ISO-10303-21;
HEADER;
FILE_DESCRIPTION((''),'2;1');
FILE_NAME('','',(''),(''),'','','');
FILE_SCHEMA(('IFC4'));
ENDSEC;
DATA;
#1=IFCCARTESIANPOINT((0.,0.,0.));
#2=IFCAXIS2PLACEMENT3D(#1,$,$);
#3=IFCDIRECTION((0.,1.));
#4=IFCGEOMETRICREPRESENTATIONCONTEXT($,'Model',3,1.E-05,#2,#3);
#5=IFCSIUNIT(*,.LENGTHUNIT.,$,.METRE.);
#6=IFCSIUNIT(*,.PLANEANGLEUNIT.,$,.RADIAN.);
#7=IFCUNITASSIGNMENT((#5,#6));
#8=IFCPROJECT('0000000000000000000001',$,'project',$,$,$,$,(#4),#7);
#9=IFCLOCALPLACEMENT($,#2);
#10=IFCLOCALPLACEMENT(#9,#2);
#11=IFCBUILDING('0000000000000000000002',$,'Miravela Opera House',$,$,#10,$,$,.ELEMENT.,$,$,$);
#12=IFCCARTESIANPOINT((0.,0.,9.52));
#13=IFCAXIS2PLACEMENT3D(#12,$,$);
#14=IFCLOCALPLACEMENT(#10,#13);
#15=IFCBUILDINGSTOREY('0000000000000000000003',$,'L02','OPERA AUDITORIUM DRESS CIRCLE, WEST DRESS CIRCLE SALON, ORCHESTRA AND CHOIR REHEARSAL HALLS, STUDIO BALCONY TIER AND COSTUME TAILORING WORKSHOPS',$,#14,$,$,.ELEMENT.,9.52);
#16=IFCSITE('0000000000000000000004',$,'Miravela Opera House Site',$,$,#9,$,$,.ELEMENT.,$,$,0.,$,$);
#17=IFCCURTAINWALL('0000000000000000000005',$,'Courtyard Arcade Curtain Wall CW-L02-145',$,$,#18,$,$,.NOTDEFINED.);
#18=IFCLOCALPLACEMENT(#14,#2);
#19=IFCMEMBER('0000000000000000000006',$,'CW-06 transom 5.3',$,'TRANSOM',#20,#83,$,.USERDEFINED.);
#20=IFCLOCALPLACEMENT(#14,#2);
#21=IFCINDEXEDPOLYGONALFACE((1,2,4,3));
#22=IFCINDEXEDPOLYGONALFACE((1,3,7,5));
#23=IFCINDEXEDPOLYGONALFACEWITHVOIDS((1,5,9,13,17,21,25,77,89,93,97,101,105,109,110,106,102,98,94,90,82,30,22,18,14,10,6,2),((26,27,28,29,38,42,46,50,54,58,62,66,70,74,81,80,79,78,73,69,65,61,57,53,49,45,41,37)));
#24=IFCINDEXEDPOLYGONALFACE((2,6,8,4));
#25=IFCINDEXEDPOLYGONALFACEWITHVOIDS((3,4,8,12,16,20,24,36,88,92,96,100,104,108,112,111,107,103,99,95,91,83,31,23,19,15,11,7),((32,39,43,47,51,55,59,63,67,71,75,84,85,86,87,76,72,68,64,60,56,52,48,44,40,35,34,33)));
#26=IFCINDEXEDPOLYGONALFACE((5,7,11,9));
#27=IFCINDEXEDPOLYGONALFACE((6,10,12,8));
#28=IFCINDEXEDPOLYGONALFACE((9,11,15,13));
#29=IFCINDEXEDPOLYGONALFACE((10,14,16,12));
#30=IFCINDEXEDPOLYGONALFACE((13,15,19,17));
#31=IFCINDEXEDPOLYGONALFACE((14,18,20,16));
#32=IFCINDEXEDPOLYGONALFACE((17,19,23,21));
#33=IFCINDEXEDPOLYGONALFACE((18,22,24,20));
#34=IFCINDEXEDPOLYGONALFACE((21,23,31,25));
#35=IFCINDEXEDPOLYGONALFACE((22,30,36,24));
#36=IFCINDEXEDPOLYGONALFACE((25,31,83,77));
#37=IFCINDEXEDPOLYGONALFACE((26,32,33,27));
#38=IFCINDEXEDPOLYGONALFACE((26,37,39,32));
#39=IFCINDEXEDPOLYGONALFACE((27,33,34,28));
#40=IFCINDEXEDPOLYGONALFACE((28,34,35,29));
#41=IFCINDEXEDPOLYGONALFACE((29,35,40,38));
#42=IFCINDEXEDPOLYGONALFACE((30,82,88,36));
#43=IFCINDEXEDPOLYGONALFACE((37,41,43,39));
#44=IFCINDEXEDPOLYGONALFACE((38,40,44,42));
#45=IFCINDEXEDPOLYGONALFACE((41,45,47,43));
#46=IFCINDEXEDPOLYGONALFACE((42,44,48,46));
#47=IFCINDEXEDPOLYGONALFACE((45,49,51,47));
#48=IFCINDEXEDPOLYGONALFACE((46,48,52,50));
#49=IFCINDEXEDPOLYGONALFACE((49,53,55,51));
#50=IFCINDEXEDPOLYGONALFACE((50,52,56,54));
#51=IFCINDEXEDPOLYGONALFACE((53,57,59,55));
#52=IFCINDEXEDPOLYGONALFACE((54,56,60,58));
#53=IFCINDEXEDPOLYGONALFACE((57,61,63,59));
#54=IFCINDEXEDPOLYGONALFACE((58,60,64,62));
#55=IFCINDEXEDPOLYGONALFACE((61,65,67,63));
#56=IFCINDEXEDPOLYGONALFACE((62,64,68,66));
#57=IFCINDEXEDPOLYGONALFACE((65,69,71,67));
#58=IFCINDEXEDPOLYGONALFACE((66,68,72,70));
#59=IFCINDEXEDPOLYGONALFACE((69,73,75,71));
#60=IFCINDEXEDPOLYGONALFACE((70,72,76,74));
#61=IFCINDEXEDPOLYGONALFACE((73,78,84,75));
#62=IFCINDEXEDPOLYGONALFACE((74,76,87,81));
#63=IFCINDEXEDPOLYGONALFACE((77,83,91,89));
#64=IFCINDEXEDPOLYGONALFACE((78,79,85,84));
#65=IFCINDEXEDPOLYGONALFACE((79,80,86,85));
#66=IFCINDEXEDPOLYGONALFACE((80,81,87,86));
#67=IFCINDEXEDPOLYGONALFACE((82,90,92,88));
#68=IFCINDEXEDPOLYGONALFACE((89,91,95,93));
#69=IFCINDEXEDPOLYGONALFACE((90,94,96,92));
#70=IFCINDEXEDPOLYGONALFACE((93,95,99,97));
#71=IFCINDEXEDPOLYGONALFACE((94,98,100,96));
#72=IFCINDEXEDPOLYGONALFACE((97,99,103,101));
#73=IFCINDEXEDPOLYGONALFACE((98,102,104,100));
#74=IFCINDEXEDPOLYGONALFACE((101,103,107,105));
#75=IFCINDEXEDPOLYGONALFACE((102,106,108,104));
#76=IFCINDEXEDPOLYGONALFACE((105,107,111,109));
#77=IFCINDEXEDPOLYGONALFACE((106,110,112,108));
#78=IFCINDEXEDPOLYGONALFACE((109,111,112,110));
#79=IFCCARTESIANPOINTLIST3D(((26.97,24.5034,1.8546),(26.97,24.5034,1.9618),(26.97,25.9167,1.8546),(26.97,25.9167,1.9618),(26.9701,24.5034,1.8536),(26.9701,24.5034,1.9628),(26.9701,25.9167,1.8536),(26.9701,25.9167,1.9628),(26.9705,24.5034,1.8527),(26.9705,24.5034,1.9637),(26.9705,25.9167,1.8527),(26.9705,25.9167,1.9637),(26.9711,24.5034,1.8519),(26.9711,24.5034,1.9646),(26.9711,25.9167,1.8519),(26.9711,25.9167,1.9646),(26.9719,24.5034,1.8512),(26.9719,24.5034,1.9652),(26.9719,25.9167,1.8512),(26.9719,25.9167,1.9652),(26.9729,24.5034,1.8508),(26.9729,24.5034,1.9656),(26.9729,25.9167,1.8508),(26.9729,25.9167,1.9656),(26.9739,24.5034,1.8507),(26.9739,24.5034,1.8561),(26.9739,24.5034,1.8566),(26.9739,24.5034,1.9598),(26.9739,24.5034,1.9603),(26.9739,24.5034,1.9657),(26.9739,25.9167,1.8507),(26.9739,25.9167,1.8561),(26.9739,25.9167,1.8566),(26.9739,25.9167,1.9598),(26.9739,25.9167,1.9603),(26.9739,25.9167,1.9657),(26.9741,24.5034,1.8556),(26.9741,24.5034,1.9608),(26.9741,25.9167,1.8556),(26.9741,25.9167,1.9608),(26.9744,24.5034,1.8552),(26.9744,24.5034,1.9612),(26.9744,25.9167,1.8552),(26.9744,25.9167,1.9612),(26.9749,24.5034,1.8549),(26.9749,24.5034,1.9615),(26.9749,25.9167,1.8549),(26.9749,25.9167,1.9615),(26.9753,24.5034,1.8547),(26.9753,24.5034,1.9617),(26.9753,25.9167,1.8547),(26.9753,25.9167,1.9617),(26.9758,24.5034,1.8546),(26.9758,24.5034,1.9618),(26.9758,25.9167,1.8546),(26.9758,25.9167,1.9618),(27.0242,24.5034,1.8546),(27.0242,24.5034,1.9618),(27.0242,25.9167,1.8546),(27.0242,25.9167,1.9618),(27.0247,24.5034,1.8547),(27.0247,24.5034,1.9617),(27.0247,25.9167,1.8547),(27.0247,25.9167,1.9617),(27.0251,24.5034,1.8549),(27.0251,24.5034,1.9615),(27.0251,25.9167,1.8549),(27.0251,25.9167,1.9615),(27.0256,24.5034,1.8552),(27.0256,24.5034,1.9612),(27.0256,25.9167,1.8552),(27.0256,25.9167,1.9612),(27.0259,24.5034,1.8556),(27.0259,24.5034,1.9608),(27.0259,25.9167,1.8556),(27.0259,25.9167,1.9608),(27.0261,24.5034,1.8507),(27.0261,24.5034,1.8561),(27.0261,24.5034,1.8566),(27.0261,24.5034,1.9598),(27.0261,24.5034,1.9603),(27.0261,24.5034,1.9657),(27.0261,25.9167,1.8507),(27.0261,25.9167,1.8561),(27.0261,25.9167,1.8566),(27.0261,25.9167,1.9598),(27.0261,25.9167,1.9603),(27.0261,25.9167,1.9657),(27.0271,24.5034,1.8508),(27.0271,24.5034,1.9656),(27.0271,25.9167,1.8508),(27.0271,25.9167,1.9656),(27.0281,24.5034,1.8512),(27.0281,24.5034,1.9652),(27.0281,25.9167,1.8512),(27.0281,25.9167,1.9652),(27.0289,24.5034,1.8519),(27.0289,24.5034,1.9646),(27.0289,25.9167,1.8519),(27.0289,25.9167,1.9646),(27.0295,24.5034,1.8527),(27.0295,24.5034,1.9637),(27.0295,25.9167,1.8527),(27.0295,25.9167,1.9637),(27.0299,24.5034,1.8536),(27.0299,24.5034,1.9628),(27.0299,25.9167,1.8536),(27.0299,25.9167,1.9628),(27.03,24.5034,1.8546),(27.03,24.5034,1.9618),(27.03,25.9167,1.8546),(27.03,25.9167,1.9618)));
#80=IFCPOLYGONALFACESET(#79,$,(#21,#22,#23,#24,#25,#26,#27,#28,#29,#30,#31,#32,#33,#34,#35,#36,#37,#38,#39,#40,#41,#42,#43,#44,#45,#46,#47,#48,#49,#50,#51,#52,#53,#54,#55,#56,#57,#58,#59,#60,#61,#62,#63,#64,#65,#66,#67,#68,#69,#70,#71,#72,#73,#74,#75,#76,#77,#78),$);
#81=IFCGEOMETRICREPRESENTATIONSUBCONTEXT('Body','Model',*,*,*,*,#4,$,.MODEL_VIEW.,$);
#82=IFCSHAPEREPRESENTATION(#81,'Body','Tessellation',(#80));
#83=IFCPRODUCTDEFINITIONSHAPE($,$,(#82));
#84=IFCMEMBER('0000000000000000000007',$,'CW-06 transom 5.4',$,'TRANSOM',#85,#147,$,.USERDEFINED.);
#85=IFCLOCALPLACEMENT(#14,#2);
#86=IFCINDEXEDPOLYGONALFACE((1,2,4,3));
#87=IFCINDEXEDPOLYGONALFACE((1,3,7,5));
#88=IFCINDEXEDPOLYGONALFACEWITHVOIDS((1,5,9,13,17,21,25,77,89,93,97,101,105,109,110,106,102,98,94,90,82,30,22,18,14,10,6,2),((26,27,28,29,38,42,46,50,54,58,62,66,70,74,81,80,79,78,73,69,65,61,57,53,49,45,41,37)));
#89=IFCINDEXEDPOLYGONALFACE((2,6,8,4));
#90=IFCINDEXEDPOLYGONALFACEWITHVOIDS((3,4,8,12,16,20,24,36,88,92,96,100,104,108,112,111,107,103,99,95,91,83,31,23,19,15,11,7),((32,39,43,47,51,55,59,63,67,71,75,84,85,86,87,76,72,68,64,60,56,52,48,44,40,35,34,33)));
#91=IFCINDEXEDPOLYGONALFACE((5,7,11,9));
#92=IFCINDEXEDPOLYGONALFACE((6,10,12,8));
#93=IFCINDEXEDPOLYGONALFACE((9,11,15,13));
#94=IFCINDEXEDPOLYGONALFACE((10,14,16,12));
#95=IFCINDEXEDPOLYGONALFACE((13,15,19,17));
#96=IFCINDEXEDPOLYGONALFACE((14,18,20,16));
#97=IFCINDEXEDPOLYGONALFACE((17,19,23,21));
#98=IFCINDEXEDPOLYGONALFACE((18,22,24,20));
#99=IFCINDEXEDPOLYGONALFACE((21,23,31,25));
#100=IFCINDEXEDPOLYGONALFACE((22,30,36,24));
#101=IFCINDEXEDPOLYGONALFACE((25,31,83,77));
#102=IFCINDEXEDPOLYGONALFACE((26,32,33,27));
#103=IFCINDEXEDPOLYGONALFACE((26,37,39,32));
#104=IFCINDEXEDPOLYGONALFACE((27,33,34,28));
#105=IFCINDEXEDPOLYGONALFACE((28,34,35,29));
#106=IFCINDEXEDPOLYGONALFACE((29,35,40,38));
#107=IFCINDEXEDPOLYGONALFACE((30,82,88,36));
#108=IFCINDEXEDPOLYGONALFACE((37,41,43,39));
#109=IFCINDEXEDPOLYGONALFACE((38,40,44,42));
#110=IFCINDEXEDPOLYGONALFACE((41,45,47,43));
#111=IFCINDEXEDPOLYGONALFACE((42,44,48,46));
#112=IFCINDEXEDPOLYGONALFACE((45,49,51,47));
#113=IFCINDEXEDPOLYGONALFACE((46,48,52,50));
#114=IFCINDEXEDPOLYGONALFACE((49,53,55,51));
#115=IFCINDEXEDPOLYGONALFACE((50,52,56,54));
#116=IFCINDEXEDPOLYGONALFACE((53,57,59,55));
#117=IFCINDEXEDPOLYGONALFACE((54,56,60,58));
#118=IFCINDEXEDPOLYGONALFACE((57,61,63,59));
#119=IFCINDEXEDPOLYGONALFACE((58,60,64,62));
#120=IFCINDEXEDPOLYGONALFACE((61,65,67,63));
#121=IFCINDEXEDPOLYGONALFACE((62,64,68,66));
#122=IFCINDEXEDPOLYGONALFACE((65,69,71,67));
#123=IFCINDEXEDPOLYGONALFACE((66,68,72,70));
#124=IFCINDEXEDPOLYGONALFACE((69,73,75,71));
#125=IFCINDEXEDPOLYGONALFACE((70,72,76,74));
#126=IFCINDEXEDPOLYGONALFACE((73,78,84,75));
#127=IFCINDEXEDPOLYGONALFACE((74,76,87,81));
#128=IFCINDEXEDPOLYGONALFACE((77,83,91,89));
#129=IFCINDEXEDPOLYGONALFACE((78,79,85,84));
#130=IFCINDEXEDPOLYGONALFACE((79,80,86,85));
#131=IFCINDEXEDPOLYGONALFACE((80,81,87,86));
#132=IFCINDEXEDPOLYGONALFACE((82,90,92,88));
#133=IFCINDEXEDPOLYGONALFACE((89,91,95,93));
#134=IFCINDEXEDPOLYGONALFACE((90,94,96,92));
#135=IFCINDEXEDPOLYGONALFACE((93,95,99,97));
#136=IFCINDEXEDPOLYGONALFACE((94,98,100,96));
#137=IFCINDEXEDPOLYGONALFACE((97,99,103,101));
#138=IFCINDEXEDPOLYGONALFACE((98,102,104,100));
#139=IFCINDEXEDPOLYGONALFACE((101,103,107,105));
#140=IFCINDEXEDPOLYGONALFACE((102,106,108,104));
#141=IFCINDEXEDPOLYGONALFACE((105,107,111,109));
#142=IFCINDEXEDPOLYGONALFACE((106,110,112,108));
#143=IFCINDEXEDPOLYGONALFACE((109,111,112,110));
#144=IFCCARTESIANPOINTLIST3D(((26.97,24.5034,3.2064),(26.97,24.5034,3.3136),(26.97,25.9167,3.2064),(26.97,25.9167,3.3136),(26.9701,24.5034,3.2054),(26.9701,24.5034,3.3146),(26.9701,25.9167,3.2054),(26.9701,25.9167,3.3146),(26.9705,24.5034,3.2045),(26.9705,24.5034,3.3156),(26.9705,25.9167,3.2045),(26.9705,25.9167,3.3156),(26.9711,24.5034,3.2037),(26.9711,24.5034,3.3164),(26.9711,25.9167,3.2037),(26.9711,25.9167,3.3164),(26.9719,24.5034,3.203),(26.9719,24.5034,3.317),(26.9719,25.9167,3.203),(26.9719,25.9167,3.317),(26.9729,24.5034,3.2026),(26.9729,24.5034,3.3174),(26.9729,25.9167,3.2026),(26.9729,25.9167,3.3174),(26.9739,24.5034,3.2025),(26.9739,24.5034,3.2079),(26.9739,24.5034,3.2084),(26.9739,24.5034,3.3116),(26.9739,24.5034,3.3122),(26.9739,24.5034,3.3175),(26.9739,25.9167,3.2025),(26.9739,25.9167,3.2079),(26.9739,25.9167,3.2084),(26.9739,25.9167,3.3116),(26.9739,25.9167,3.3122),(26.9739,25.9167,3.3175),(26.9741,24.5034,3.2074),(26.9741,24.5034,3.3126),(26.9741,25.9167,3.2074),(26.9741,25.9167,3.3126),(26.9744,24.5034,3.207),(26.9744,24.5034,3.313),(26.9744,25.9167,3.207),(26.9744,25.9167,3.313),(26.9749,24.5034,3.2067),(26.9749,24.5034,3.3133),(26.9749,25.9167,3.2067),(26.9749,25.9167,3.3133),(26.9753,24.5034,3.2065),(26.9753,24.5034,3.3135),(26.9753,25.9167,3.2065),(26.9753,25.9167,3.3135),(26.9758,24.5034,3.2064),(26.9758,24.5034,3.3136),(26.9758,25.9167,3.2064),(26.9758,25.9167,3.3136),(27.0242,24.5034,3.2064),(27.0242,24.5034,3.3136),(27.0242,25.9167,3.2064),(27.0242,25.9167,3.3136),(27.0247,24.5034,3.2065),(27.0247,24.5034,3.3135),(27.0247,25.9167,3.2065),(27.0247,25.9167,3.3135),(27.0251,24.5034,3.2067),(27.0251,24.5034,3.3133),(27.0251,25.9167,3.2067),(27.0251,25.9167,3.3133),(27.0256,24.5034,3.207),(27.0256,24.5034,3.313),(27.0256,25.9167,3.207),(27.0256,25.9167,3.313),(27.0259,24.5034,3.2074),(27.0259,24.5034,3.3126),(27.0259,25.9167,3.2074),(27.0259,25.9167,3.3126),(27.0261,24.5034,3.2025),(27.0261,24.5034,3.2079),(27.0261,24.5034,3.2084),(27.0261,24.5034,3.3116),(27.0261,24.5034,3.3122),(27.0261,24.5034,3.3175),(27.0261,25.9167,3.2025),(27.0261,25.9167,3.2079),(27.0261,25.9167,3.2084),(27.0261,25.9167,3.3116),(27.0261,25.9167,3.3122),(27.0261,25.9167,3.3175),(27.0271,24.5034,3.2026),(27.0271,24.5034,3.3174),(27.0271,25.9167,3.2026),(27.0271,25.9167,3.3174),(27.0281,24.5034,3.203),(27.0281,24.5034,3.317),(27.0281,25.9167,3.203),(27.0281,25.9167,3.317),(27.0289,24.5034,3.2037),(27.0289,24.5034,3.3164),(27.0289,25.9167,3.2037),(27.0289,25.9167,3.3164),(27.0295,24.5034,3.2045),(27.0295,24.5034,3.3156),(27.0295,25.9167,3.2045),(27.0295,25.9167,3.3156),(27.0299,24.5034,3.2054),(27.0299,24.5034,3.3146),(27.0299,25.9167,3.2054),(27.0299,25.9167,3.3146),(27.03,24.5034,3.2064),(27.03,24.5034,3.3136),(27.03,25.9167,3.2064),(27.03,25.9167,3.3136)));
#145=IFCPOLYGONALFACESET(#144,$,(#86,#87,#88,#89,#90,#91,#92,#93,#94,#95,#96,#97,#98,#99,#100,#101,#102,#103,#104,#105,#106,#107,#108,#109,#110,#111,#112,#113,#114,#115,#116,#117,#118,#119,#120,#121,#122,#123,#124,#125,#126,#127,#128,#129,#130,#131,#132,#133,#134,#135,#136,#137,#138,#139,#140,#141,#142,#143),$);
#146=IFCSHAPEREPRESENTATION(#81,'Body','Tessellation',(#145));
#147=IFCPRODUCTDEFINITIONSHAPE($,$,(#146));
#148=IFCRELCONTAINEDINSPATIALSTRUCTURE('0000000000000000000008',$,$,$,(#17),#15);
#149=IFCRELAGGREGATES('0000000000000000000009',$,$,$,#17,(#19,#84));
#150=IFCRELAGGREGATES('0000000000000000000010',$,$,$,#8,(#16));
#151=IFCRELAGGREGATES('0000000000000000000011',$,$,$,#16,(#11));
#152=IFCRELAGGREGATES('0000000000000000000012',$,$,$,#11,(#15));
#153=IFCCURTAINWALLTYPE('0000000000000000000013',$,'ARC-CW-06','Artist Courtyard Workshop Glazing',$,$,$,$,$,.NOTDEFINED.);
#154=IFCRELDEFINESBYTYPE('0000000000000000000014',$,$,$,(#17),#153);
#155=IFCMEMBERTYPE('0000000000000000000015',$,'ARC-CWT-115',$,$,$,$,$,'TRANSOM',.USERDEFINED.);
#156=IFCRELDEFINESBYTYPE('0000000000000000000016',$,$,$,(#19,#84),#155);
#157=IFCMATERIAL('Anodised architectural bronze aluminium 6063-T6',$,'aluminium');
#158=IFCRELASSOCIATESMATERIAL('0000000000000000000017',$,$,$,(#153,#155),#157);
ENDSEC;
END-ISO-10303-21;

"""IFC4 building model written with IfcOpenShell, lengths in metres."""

from ifc_helpers import new_model, si_unit, direction, frame, origin, origin_2d, place, context, subcontext, project, spatial, hollow_rectangle, extrude, material, material_profile, profile_set, type_object, element, aggregate, save


model = new_model("IFC4")

# Units and contexts
model_context = context("Model", 3, precision=1e-05, world=origin(), true_north=direction((0.0, 1.0)))
body_context = subcontext(model_context, "Body", "Model", "MODEL_VIEW")
ifc_project = project(units=[si_unit("LENGTHUNIT", "METRE"), si_unit("PLANEANGLEUNIT", "RADIAN")], contexts=[model_context])

# Site, building, storey
site_placement = place(None, origin())
site = spatial("IfcSite", under=ifc_project, at=site_placement, Name="Miravela Opera House Site", CompositionType="ELEMENT", RefElevation=0.0)
building_placement = place(site_placement, origin())
building = spatial("IfcBuilding", under=site, at=building_placement, Name="Miravela Opera House", CompositionType="ELEMENT")
storey_placement = place(building_placement, frame((0.0, 0.0, 9.52)))
storey = spatial("IfcBuildingStorey", under=building, at=storey_placement, Name="L02", Description="OPERA AUDITORIUM DRESS CIRCLE, WEST DRESS CIRCLE SALON, ORCHESTRA AND CHOIR REHEARSAL HALLS, STUDIO BALCONY TIER AND COSTUME TAILORING WORKSHOPS", CompositionType="ELEMENT", Elevation=9.52)

# Curtain wall, members
ifc_material_1 = material(Name="Anodised architectural bronze aluminium 6063-T6", Category="aluminium")
curtain_wall_type = type_object("IfcCurtainWallType", Name="ARC-CW-06", Description="Artist Courtyard Workshop Glazing", PredefinedType="NOTDEFINED", material=ifc_material_1)
curtain_wall_placement = place(storey_placement, origin())
curtain_wall = element("IfcCurtainWall", 1, at=curtain_wall_placement, inside=storey, type_object=curtain_wall_type, Name="Courtyard Arcade Curtain Wall CW-L02-145", PredefinedType="NOTDEFINED")
ifc_material_profile_1 = material_profile(ifc_material_1, hollow_rectangle(XDim=0.0601, YDim=0.115, WallThickness=0.0039, InnerFilletRadius=0.002, OuterFilletRadius=0.0039, at=origin_2d()), Name="CWT-60X115")
ifc_profile_set_1 = profile_set([ifc_material_profile_1])
member_type_1 = type_object("IfcMemberType", Name="ARC-CWT-115", ElementType="TRANSOM", PredefinedType="USERDEFINED", material=ifc_profile_set_1)
member_1_placement = place(storey_placement, frame((27.0, 24.5034, 1.9082), z_axis=(0.0, 1.0, 0.0), x_axis=(-1.0, 0.0, 0.0)))
member_1 = element("IfcMember", 2, at=member_1_placement, type_object=member_type_1, Name="CW-06 transom 5.3", ObjectType="TRANSOM", PredefinedType="USERDEFINED", context=body_context, shape_type="SweptSolid", body=[
    extrude(hollow_rectangle(XDim=0.0601, YDim=0.115, WallThickness=0.0039, InnerFilletRadius=0.002, OuterFilletRadius=0.0039, at=origin_2d()), origin(), (0.0, 0.0, 1.0), 1.4133),
])
member_2_placement = place(storey_placement, frame((27.0, 24.5034, 3.26), z_axis=(0.0, 1.0, 0.0), x_axis=(-1.0, 0.0, 0.0)))
member_2 = element("IfcMember", 3, at=member_2_placement, type_object=member_type_1, Name="CW-06 transom 5.4", ObjectType="TRANSOM", PredefinedType="USERDEFINED", context=body_context, shape_type="SweptSolid", body=[
    extrude(hollow_rectangle(XDim=0.0601, YDim=0.115, WallThickness=0.0039, InnerFilletRadius=0.002, OuterFilletRadius=0.0039, at=origin_2d()), origin(), (0.0, 0.0, 1.0), 1.4133),
])

aggregate(curtain_wall, [member_1, member_2])

save(model, "model.ifc")
